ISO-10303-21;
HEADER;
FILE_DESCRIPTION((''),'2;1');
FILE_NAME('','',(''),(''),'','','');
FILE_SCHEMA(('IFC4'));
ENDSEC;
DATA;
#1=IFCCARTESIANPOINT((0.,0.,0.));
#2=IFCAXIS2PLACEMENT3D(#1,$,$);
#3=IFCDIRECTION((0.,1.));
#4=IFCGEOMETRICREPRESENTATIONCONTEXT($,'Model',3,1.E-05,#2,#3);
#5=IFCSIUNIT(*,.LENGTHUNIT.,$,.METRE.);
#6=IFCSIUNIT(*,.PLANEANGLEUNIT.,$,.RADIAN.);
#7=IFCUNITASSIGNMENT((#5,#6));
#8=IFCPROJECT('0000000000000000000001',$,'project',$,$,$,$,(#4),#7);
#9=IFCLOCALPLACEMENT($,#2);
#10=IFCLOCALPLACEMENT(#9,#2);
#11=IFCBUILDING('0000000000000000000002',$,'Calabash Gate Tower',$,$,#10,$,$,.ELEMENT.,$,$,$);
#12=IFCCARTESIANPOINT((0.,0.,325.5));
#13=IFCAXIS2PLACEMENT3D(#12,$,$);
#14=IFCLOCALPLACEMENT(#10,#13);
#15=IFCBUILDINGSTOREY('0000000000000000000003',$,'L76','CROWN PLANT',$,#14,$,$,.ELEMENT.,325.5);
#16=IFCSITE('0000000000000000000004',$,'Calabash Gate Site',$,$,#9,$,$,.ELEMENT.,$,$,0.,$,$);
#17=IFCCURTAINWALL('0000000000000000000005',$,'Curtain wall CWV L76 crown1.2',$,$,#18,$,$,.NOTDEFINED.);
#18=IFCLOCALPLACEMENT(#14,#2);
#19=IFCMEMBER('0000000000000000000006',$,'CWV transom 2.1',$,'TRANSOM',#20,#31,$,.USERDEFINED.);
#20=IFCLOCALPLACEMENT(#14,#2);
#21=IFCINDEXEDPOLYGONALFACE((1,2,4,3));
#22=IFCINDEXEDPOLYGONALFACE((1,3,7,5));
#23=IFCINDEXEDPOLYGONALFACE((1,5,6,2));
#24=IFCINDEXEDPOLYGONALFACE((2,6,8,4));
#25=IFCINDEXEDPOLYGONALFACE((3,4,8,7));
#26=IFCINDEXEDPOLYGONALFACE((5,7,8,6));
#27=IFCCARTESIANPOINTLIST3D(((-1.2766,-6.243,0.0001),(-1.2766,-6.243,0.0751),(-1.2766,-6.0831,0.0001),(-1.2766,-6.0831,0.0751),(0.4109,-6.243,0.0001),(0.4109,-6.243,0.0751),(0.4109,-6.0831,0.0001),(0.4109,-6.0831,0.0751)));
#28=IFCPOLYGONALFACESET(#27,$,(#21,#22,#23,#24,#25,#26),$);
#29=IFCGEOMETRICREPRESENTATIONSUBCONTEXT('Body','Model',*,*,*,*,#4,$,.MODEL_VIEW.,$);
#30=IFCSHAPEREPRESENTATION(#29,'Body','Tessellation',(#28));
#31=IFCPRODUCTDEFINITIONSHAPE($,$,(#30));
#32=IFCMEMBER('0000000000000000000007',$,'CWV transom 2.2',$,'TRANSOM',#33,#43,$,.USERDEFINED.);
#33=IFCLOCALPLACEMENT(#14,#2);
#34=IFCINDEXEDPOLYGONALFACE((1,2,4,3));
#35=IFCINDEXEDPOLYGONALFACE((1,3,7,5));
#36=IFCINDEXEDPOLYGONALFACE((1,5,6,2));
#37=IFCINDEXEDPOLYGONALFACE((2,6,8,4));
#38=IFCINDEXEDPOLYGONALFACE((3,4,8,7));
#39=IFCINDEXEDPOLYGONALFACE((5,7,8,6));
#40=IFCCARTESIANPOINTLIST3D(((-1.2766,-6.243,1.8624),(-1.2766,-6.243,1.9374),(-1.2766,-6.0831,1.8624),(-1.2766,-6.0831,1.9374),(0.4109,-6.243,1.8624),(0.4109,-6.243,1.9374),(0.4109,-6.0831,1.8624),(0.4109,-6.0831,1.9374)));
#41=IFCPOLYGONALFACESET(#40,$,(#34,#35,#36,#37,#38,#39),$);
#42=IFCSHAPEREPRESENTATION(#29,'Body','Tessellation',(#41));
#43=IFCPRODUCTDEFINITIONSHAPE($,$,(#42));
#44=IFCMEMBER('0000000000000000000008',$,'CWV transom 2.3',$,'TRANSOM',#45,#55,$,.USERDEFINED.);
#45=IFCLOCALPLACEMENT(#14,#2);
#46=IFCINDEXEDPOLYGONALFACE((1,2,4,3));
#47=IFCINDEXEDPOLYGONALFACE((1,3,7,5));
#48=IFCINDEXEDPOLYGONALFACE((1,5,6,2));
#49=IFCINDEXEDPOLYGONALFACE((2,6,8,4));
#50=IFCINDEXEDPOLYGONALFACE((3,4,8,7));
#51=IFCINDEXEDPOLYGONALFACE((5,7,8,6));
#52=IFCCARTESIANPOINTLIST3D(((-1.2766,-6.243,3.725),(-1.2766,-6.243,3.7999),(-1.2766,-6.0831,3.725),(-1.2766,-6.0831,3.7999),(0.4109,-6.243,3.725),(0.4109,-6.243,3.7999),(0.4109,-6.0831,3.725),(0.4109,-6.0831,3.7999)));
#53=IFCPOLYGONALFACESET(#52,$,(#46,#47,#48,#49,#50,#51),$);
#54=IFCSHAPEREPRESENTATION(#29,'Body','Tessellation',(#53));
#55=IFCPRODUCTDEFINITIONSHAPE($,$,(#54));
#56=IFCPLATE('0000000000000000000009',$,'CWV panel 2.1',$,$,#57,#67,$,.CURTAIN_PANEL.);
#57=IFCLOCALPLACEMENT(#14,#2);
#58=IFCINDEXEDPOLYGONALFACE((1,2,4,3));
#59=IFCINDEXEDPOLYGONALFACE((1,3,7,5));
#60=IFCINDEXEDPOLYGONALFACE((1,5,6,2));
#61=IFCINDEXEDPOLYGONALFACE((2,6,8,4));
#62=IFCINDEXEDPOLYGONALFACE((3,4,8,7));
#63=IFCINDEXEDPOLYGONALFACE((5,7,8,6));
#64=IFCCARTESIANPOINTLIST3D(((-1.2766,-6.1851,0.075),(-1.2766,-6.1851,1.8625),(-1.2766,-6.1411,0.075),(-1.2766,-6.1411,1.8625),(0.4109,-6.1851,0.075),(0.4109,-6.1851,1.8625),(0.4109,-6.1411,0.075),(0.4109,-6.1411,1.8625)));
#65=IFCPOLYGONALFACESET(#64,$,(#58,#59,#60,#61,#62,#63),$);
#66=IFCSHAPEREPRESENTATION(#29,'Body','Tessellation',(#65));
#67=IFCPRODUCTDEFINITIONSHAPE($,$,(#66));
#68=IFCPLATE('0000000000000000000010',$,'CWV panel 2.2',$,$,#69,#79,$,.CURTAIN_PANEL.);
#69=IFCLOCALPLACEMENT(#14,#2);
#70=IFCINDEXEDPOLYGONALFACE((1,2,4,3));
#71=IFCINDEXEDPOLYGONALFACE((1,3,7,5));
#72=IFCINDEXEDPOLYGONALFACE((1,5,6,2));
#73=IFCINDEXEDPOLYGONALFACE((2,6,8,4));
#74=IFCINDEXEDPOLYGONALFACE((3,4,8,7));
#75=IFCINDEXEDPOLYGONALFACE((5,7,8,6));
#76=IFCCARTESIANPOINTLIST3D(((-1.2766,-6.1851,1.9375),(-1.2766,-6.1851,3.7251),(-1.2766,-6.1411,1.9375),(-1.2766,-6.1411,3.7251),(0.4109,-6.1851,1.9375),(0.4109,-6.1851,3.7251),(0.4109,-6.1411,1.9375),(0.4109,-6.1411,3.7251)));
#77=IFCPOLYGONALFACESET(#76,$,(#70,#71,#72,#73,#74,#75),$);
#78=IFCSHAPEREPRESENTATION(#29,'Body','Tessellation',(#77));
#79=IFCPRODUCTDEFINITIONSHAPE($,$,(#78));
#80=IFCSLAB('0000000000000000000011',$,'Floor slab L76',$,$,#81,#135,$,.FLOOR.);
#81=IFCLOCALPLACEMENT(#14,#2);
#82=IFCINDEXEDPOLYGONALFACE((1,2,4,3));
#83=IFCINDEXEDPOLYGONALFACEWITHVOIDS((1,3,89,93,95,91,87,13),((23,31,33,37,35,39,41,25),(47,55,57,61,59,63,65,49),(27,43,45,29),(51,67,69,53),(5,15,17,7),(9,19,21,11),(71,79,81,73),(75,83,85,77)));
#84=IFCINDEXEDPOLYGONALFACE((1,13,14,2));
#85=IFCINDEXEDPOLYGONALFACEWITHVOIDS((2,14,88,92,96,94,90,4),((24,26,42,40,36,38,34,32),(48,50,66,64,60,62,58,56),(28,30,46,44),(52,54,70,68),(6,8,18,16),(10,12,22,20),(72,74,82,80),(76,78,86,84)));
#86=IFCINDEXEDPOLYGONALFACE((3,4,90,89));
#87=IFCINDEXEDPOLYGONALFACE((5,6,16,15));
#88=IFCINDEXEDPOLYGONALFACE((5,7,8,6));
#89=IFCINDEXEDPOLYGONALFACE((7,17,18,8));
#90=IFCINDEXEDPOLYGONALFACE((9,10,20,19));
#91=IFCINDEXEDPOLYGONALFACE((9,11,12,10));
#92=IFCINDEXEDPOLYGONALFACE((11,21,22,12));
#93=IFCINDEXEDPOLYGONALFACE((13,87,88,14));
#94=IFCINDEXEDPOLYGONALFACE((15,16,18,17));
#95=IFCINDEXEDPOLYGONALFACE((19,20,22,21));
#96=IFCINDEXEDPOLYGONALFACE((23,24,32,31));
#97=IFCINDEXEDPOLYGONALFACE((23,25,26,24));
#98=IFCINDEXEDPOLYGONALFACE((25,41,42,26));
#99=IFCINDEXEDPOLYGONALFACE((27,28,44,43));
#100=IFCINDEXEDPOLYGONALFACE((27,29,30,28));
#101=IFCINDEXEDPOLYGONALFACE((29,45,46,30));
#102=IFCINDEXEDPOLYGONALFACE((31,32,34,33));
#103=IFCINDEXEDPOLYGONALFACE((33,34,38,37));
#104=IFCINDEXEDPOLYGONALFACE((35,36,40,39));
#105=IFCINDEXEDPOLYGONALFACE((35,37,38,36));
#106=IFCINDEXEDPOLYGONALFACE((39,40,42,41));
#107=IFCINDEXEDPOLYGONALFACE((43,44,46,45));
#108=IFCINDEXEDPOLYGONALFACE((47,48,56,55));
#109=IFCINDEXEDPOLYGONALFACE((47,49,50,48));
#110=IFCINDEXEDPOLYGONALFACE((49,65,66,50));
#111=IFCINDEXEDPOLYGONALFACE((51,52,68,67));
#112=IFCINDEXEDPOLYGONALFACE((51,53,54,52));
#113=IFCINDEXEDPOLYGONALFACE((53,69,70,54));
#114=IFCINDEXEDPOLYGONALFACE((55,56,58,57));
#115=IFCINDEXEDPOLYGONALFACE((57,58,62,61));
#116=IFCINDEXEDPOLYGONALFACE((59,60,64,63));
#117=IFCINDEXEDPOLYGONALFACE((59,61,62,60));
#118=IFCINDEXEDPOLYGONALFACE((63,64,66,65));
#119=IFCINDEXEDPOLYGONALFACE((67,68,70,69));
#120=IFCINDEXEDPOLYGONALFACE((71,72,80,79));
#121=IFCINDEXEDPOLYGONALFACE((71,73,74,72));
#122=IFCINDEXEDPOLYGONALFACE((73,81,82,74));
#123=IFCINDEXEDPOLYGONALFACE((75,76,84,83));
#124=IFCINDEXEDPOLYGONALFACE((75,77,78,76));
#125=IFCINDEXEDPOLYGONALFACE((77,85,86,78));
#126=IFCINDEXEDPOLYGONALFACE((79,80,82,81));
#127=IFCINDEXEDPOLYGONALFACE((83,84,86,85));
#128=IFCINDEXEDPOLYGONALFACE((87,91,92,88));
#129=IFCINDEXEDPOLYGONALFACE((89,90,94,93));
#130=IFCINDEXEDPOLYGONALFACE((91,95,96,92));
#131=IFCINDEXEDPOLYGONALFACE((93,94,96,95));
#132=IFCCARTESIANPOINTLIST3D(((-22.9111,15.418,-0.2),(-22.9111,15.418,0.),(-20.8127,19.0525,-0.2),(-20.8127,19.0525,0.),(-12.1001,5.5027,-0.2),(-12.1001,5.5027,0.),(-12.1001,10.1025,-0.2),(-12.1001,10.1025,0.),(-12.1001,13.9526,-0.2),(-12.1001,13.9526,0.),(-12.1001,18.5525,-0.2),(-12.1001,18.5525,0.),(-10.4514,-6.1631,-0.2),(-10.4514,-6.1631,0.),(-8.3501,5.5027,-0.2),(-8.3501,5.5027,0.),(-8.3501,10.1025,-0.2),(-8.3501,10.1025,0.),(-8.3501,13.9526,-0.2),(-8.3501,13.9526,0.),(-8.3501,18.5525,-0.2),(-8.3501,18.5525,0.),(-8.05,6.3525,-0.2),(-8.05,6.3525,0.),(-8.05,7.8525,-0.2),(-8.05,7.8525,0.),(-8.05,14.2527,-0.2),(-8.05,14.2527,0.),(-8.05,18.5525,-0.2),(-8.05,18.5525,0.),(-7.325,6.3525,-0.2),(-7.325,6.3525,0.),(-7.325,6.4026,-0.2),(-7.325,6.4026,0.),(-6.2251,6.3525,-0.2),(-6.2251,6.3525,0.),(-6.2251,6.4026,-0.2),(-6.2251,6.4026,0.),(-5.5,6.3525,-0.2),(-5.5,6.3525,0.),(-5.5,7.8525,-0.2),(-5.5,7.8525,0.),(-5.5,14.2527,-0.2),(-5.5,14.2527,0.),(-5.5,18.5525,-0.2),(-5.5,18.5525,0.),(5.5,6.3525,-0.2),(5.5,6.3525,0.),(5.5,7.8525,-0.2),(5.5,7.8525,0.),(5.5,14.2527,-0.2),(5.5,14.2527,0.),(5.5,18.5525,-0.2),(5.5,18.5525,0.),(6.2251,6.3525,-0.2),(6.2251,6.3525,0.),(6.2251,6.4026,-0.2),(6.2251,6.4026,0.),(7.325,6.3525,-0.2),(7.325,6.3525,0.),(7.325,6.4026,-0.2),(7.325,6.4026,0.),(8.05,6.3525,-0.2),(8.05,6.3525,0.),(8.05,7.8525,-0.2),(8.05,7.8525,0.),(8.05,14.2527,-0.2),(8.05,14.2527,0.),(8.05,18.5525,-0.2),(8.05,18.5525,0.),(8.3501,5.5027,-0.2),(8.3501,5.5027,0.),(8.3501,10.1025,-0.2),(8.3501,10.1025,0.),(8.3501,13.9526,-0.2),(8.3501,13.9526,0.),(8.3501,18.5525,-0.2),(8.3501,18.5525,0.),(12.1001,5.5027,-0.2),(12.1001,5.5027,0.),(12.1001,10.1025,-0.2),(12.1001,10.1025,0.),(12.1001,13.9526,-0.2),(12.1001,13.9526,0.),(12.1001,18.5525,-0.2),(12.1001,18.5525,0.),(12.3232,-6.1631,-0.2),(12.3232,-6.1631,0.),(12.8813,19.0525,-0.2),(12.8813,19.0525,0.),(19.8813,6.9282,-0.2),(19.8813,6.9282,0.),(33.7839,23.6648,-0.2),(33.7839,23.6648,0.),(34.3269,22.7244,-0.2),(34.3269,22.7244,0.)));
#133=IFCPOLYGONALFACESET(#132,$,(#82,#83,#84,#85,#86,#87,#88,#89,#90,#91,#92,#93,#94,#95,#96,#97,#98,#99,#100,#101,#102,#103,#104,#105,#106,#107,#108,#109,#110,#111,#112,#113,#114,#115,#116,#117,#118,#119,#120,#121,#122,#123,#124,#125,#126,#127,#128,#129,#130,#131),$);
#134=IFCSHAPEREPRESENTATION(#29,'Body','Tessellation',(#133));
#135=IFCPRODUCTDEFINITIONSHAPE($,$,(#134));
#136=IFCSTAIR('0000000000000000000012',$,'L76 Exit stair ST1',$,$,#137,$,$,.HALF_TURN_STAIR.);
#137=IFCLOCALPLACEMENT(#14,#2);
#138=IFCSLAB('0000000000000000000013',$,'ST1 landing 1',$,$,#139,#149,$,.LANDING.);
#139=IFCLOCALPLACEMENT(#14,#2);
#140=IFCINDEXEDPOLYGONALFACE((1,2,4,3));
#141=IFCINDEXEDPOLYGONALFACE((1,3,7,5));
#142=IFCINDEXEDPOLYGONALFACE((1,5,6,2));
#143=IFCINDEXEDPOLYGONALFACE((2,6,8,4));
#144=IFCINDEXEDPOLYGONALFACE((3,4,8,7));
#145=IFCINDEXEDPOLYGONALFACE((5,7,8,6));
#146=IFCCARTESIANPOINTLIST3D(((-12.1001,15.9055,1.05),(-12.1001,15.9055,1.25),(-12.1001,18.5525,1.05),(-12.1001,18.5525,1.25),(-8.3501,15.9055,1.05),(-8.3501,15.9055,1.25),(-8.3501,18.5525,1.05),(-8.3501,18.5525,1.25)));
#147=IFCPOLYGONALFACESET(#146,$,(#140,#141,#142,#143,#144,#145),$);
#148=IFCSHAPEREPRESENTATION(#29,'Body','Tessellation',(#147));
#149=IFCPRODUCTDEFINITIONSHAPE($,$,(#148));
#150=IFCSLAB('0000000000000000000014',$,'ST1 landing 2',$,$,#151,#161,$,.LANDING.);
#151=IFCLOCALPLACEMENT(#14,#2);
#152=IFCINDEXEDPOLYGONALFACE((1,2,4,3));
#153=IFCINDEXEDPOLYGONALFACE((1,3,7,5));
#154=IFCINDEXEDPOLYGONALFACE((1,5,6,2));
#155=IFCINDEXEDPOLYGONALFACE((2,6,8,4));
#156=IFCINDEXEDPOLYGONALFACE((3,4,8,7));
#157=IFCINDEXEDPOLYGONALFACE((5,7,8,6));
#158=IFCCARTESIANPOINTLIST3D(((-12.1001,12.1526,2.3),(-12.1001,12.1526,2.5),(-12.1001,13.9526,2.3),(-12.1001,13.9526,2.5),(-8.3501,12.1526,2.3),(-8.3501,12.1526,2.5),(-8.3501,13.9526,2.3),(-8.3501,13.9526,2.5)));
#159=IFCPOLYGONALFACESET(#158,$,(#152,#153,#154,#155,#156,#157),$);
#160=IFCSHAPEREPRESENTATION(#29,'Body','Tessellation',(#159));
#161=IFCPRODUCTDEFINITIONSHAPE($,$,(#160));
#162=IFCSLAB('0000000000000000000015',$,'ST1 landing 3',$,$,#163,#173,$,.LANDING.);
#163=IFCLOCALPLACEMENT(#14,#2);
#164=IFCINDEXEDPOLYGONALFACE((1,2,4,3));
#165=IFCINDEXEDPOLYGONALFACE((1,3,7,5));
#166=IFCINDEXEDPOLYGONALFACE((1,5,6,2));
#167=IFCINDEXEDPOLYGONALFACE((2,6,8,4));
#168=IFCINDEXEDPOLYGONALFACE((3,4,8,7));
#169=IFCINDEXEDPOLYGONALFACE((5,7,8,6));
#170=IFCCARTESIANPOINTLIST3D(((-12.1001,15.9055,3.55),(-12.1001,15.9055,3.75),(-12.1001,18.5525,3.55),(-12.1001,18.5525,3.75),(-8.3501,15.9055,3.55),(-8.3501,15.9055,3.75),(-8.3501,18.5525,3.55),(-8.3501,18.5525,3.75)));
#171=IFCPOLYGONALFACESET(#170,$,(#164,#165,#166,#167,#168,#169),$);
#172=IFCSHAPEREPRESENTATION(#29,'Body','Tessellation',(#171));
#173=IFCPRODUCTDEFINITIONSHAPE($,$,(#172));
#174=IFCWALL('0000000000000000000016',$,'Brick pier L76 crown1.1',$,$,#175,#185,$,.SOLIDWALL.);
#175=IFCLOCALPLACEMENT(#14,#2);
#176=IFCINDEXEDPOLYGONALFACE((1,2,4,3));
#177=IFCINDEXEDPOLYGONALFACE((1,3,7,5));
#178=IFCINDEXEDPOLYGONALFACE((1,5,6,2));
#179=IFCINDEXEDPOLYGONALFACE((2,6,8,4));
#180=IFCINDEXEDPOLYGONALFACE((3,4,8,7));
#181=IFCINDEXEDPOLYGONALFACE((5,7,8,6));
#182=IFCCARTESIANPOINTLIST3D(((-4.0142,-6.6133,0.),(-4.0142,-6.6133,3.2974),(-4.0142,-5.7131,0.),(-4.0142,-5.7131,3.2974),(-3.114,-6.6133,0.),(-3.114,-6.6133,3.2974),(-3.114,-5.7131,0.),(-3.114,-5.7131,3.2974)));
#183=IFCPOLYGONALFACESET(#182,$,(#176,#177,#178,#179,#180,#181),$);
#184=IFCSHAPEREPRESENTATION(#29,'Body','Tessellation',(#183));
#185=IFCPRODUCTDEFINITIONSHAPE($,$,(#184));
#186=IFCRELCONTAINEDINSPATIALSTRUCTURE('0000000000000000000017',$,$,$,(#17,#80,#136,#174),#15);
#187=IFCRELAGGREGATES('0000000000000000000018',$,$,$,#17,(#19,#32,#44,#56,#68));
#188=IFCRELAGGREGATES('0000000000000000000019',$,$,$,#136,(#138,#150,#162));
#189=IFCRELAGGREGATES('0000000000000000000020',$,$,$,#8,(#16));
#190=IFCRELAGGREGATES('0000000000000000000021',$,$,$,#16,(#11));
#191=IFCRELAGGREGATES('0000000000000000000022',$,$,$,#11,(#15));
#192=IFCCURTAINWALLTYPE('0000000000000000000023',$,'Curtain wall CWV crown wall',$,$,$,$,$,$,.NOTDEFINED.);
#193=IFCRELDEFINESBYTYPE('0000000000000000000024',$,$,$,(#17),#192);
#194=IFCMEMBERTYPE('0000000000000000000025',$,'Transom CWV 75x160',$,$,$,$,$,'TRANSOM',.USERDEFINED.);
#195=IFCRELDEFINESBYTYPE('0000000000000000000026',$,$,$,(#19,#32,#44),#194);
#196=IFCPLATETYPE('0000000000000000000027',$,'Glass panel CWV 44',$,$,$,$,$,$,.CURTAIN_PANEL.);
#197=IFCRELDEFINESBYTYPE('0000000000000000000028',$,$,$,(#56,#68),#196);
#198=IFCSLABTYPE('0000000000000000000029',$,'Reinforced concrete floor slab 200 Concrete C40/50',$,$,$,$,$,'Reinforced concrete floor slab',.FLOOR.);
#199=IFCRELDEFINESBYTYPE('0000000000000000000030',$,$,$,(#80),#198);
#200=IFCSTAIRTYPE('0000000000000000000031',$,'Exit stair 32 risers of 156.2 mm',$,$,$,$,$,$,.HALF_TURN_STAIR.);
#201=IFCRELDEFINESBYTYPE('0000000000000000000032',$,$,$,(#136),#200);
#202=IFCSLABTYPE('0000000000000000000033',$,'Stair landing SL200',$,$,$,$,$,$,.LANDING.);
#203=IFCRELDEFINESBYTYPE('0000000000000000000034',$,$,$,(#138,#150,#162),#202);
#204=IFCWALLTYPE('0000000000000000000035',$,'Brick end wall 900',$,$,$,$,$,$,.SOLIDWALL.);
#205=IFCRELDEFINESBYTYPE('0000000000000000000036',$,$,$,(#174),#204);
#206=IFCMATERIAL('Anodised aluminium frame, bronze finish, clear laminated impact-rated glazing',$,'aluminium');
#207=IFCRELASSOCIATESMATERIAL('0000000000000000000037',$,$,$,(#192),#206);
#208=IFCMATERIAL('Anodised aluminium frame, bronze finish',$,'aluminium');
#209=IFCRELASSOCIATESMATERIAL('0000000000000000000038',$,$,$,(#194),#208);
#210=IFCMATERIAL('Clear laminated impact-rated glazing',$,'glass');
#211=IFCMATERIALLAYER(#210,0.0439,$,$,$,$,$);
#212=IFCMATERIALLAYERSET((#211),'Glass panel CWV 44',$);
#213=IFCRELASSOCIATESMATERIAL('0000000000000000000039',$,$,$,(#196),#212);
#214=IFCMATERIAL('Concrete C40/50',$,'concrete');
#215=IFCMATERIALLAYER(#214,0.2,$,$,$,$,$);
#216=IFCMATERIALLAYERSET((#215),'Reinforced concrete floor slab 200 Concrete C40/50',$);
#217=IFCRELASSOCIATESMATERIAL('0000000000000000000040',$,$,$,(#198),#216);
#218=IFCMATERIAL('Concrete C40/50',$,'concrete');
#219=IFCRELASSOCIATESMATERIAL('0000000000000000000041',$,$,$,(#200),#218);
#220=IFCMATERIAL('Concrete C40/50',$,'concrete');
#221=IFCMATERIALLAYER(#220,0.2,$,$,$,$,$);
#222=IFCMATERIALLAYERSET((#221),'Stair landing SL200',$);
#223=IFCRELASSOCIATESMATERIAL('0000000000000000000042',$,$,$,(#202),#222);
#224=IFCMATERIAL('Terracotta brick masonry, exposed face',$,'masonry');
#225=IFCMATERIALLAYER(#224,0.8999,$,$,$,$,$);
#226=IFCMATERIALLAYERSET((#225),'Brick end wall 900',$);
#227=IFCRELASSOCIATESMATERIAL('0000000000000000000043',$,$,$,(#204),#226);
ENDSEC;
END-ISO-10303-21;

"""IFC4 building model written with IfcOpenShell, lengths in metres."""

from ifc_helpers import new_model, si_unit, direction, frame, origin, origin_2d, place, context, subcontext, project, spatial, polyline, rectangle, outline, extrude, material, layer, layer_set, material_profile, profile_set, type_object, element, aggregate, save


model = new_model("IFC4")

# Units and contexts
model_context = context("Model", 3, precision=1e-05, world=origin(), true_north=direction((0.0, 1.0)))
body_context = subcontext(model_context, "Body", "Model", "MODEL_VIEW")
ifc_project = project(units=[si_unit("LENGTHUNIT", "METRE"), si_unit("PLANEANGLEUNIT", "RADIAN")], contexts=[model_context])

# Site, building, storey
site_placement = place(None, origin())
site = spatial("IfcSite", under=ifc_project, at=site_placement, Name="Calabash Gate Site", CompositionType="ELEMENT", RefElevation=0.0)
building_placement = place(site_placement, origin())
building = spatial("IfcBuilding", under=site, at=building_placement, Name="Calabash Gate Tower", CompositionType="ELEMENT")
storey_placement = place(building_placement, frame((0.0, 0.0, 325.5)))
storey = spatial("IfcBuildingStorey", under=building, at=storey_placement, Name="L76", Description="CROWN PLANT", CompositionType="ELEMENT", Elevation=325.5)

# Curtain wall, members, plates
ifc_material_1 = material(Name="Anodised aluminium frame, bronze finish, clear laminated impact-rated glazing", Category="aluminium")
curtain_wall_type = type_object("IfcCurtainWallType", Name="Curtain wall CWV crown wall", PredefinedType="NOTDEFINED", material=ifc_material_1)
curtain_wall_placement = place(storey_placement, origin())
curtain_wall = element("IfcCurtainWall", 1, at=curtain_wall_placement, inside=storey, type_object=curtain_wall_type, Name="Curtain wall CWV L76 crown1.2", PredefinedType="NOTDEFINED")
ifc_material_2 = material(Name="Anodised aluminium frame, bronze finish", Category="aluminium")
ifc_material_profile = material_profile(ifc_material_2, rectangle(XDim=0.1599, YDim=0.075, at=origin_2d()))
ifc_profile_set = profile_set([ifc_material_profile], Name="Anodised aluminium frame, bronze finish")
member_type = type_object("IfcMemberType", Name="Transom CWV 75x160", ElementType="TRANSOM", PredefinedType="USERDEFINED", material=ifc_profile_set)
member_1_placement = place(storey_placement, frame((-1.2766, -6.1631, 0.0376), z_axis=(1.0, 0.0, 0.0), x_axis=(0.0, 1.0, 0.0)))
member_1 = element("IfcMember", 2, at=member_1_placement, type_object=member_type, Name="CWV transom 2.1", ObjectType="TRANSOM", PredefinedType="USERDEFINED", context=body_context, shape_type="SweptSolid", body=[
    extrude(rectangle(XDim=0.1599, YDim=0.075, at=origin_2d()), origin(), (0.0, 0.0, 1.0), 1.6875),
])
member_2_placement = place(storey_placement, frame((-1.2766, -6.1631, 1.8999), z_axis=(1.0, 0.0, 0.0), x_axis=(0.0, 1.0, 0.0)))
member_2 = element("IfcMember", 3, at=member_2_placement, type_object=member_type, Name="CWV transom 2.2", ObjectType="TRANSOM", PredefinedType="USERDEFINED", context=body_context, shape_type="SweptSolid", body=[
    extrude(rectangle(XDim=0.1599, YDim=0.075, at=origin_2d()), origin(), (0.0, 0.0, 1.0), 1.6875),
])
member_3_placement = place(storey_placement, frame((-1.2766, -6.1631, 3.7625), z_axis=(1.0, 0.0, 0.0), x_axis=(0.0, 1.0, 0.0)))
member_3 = element("IfcMember", 4, at=member_3_placement, type_object=member_type, Name="CWV transom 2.3", ObjectType="TRANSOM", PredefinedType="USERDEFINED", context=body_context, shape_type="SweptSolid", body=[
    extrude(rectangle(XDim=0.1599, YDim=0.075, at=origin_2d()), origin(), (0.0, 0.0, 1.0), 1.6875),
])
ifc_material_3 = material(Name="Clear laminated impact-rated glazing", Category="glass")
ifc_layer_1 = layer(ifc_material_3, 0.0439)
ifc_layer_set_1 = layer_set([ifc_layer_1], Name="Glass panel CWV 44")
plate_type = type_object("IfcPlateType", Name="Glass panel CWV 44", PredefinedType="CURTAIN_PANEL", material=ifc_layer_set_1)
plate_1_placement = place(storey_placement, frame((-0.4329, -6.1631, 0.075), z_axis=(0.0, 0.0, 1.0), x_axis=(1.0, 0.0, 0.0)))
plate_1 = element("IfcPlate", 5, at=plate_1_placement, type_object=plate_type, Name="CWV panel 2.1", PredefinedType="CURTAIN_PANEL", context=body_context, shape_type="SweptSolid", body=[
    extrude(rectangle(XDim=1.6875, YDim=0.0439, at=origin_2d()), origin(), (0.0, 0.0, 1.0), 1.7876),
])
plate_2_placement = place(storey_placement, frame((-0.4329, -6.1631, 1.9375), z_axis=(0.0, 0.0, 1.0), x_axis=(1.0, 0.0, 0.0)))
plate_2 = element("IfcPlate", 6, at=plate_2_placement, type_object=plate_type, Name="CWV panel 2.2", PredefinedType="CURTAIN_PANEL", context=body_context, shape_type="SweptSolid", body=[
    extrude(rectangle(XDim=1.6875, YDim=0.0439, at=origin_2d()), origin(), (0.0, 0.0, 1.0), 1.7876),
])
aggregate(curtain_wall, [member_1, member_2, member_3, plate_1, plate_2])

# Slab
ifc_material_4 = material(Name="Concrete C40/50", Category="concrete")
ifc_layer_2 = layer(ifc_material_4, 0.2)
ifc_layer_set_2 = layer_set([ifc_layer_2], Name="Reinforced concrete floor slab 200 Concrete C40/50")
slab_type_1 = type_object("IfcSlabType", Name="Reinforced concrete floor slab 200 Concrete C40/50", ElementType="Reinforced concrete floor slab", PredefinedType="FLOOR", material=ifc_layer_set_2)
slab_1_placement = place(storey_placement, frame((0.0, 0.0, -0.2)))
element("IfcSlab", 7, at=slab_1_placement, inside=storey, type_object=slab_type_1, Name="Floor slab L76", PredefinedType="FLOOR", context=body_context, shape_type="SweptSolid", body=[
    extrude(outline(polyline([(-22.9111, 15.418), (-20.8127, 19.0525), (12.8813, 19.0525), (33.7839, 23.6648), (34.3269, 22.7244), (19.8813, 6.9282), (12.3232, -6.1631), (-10.4514, -6.1631), (-22.9111, 15.418)]), holes=[polyline([(-8.05, 18.5525), (-8.05, 14.2527), (-5.5, 14.2527), (-5.5, 18.5525), (-8.05, 18.5525)]), polyline([(8.05, 18.5525), (5.5, 18.5525), (5.5, 14.2527), (8.05, 14.2527), (8.05, 18.5525)]), polyline([(-8.3501, 18.5525), (-12.1001, 18.5525), (-12.1001, 13.9526), (-8.3501, 13.9526), (-8.3501, 18.5525)]), polyline([(-12.1001, 10.1025), (-12.1001, 5.5027), (-8.3501, 5.5027), (-8.3501, 10.1025), (-12.1001, 10.1025)]), polyline([(8.3501, 13.9526), (12.1001, 13.9526), (12.1001, 18.5525), (8.3501, 18.5525), (8.3501, 13.9526)]), polyline([(12.1001, 5.5027), (12.1001, 10.1025), (8.3501, 10.1025), (8.3501, 5.5027), (12.1001, 5.5027)]), polyline([(-7.325, 6.3525), (-7.325, 6.4026), (-6.2251, 6.4026), (-6.2251, 6.3525), (-5.5, 6.3525), (-5.5, 7.8525), (-8.05, 7.8525), (-8.05, 6.3525), (-7.325, 6.3525)]), polyline([(5.5, 6.3525), (6.2251, 6.3525), (6.2251, 6.4026), (7.325, 6.4026), (7.325, 6.3525), (8.05, 6.3525), (8.05, 7.8525), (5.5, 7.8525), (5.5, 6.3525)])]), origin(), (0.0, 0.0, 1.0), 0.2),
])

# Stair, slabs
ifc_material_5 = material(Name="Concrete C40/50", Category="concrete")
stair_type = type_object("IfcStairType", Name="Exit stair 32 risers of 156.2 mm", PredefinedType="HALF_TURN_STAIR", material=ifc_material_5)
stair_placement = place(storey_placement, origin())
stair = element("IfcStair", 8, at=stair_placement, inside=storey, type_object=stair_type, Name="L76 Exit stair ST1", PredefinedType="HALF_TURN_STAIR")
ifc_material_6 = material(Name="Concrete C40/50", Category="concrete")
ifc_layer_3 = layer(ifc_material_6, 0.2)
ifc_layer_set_3 = layer_set([ifc_layer_3], Name="Stair landing SL200")
slab_type_2 = type_object("IfcSlabType", Name="Stair landing SL200", PredefinedType="LANDING", material=ifc_layer_set_3)
slab_2_placement = place(storey_placement, frame((0.0, 0.0, 1.05)))
slab_2 = element("IfcSlab", 9, at=slab_2_placement, type_object=slab_type_2, Name="ST1 landing 1", PredefinedType="LANDING", context=body_context, shape_type="SweptSolid", body=[
    extrude(outline(polyline([(-8.3501, 15.9055), (-8.3501, 18.5525), (-12.1001, 18.5525), (-12.1001, 15.9055), (-8.3501, 15.9055)])), origin(), (0.0, 0.0, 1.0), 0.2),
])
slab_3_placement = place(storey_placement, frame((0.0, 0.0, 2.3)))
slab_3 = element("IfcSlab", 10, at=slab_3_placement, type_object=slab_type_2, Name="ST1 landing 2", PredefinedType="LANDING", context=body_context, shape_type="SweptSolid", body=[
    extrude(outline(polyline([(-8.3501, 12.1526), (-8.3501, 13.9526), (-12.1001, 13.9526), (-12.1001, 12.1526), (-8.3501, 12.1526)])), origin(), (0.0, 0.0, 1.0), 0.2),
])
slab_4_placement = place(storey_placement, frame((0.0, 0.0, 3.55)))
slab_4 = element("IfcSlab", 11, at=slab_4_placement, type_object=slab_type_2, Name="ST1 landing 3", PredefinedType="LANDING", context=body_context, shape_type="SweptSolid", body=[
    extrude(outline(polyline([(-8.3501, 15.9055), (-8.3501, 18.5525), (-12.1001, 18.5525), (-12.1001, 15.9055), (-8.3501, 15.9055)])), origin(), (0.0, 0.0, 1.0), 0.2),
])
aggregate(stair, [slab_2, slab_3, slab_4])

# Wall
ifc_material_7 = material(Name="Terracotta brick masonry, exposed face", Category="masonry")
ifc_layer_4 = layer(ifc_material_7, 0.8999)
ifc_layer_set_4 = layer_set([ifc_layer_4], Name="Brick end wall 900")
wall_type_1 = type_object("IfcWallType", Name="Brick end wall 900", PredefinedType="SOLIDWALL", material=ifc_layer_set_4)
wall_1_placement = place(storey_placement, origin())
element("IfcWall", 12, at=wall_1_placement, inside=storey, type_object=wall_type_1, Name="Brick pier L76 crown1.1", PredefinedType="SOLIDWALL", context=body_context, shape_type="SweptSolid", body=[
    extrude(outline(polyline([(-3.114, -5.7131), (-4.0142, -5.7131), (-4.0142, -6.6133), (-3.114, -6.6133), (-3.114, -5.7131)])), origin(), (0.0, 0.0, 1.0), 3.2974),
])

save(model, "model.ifc")
